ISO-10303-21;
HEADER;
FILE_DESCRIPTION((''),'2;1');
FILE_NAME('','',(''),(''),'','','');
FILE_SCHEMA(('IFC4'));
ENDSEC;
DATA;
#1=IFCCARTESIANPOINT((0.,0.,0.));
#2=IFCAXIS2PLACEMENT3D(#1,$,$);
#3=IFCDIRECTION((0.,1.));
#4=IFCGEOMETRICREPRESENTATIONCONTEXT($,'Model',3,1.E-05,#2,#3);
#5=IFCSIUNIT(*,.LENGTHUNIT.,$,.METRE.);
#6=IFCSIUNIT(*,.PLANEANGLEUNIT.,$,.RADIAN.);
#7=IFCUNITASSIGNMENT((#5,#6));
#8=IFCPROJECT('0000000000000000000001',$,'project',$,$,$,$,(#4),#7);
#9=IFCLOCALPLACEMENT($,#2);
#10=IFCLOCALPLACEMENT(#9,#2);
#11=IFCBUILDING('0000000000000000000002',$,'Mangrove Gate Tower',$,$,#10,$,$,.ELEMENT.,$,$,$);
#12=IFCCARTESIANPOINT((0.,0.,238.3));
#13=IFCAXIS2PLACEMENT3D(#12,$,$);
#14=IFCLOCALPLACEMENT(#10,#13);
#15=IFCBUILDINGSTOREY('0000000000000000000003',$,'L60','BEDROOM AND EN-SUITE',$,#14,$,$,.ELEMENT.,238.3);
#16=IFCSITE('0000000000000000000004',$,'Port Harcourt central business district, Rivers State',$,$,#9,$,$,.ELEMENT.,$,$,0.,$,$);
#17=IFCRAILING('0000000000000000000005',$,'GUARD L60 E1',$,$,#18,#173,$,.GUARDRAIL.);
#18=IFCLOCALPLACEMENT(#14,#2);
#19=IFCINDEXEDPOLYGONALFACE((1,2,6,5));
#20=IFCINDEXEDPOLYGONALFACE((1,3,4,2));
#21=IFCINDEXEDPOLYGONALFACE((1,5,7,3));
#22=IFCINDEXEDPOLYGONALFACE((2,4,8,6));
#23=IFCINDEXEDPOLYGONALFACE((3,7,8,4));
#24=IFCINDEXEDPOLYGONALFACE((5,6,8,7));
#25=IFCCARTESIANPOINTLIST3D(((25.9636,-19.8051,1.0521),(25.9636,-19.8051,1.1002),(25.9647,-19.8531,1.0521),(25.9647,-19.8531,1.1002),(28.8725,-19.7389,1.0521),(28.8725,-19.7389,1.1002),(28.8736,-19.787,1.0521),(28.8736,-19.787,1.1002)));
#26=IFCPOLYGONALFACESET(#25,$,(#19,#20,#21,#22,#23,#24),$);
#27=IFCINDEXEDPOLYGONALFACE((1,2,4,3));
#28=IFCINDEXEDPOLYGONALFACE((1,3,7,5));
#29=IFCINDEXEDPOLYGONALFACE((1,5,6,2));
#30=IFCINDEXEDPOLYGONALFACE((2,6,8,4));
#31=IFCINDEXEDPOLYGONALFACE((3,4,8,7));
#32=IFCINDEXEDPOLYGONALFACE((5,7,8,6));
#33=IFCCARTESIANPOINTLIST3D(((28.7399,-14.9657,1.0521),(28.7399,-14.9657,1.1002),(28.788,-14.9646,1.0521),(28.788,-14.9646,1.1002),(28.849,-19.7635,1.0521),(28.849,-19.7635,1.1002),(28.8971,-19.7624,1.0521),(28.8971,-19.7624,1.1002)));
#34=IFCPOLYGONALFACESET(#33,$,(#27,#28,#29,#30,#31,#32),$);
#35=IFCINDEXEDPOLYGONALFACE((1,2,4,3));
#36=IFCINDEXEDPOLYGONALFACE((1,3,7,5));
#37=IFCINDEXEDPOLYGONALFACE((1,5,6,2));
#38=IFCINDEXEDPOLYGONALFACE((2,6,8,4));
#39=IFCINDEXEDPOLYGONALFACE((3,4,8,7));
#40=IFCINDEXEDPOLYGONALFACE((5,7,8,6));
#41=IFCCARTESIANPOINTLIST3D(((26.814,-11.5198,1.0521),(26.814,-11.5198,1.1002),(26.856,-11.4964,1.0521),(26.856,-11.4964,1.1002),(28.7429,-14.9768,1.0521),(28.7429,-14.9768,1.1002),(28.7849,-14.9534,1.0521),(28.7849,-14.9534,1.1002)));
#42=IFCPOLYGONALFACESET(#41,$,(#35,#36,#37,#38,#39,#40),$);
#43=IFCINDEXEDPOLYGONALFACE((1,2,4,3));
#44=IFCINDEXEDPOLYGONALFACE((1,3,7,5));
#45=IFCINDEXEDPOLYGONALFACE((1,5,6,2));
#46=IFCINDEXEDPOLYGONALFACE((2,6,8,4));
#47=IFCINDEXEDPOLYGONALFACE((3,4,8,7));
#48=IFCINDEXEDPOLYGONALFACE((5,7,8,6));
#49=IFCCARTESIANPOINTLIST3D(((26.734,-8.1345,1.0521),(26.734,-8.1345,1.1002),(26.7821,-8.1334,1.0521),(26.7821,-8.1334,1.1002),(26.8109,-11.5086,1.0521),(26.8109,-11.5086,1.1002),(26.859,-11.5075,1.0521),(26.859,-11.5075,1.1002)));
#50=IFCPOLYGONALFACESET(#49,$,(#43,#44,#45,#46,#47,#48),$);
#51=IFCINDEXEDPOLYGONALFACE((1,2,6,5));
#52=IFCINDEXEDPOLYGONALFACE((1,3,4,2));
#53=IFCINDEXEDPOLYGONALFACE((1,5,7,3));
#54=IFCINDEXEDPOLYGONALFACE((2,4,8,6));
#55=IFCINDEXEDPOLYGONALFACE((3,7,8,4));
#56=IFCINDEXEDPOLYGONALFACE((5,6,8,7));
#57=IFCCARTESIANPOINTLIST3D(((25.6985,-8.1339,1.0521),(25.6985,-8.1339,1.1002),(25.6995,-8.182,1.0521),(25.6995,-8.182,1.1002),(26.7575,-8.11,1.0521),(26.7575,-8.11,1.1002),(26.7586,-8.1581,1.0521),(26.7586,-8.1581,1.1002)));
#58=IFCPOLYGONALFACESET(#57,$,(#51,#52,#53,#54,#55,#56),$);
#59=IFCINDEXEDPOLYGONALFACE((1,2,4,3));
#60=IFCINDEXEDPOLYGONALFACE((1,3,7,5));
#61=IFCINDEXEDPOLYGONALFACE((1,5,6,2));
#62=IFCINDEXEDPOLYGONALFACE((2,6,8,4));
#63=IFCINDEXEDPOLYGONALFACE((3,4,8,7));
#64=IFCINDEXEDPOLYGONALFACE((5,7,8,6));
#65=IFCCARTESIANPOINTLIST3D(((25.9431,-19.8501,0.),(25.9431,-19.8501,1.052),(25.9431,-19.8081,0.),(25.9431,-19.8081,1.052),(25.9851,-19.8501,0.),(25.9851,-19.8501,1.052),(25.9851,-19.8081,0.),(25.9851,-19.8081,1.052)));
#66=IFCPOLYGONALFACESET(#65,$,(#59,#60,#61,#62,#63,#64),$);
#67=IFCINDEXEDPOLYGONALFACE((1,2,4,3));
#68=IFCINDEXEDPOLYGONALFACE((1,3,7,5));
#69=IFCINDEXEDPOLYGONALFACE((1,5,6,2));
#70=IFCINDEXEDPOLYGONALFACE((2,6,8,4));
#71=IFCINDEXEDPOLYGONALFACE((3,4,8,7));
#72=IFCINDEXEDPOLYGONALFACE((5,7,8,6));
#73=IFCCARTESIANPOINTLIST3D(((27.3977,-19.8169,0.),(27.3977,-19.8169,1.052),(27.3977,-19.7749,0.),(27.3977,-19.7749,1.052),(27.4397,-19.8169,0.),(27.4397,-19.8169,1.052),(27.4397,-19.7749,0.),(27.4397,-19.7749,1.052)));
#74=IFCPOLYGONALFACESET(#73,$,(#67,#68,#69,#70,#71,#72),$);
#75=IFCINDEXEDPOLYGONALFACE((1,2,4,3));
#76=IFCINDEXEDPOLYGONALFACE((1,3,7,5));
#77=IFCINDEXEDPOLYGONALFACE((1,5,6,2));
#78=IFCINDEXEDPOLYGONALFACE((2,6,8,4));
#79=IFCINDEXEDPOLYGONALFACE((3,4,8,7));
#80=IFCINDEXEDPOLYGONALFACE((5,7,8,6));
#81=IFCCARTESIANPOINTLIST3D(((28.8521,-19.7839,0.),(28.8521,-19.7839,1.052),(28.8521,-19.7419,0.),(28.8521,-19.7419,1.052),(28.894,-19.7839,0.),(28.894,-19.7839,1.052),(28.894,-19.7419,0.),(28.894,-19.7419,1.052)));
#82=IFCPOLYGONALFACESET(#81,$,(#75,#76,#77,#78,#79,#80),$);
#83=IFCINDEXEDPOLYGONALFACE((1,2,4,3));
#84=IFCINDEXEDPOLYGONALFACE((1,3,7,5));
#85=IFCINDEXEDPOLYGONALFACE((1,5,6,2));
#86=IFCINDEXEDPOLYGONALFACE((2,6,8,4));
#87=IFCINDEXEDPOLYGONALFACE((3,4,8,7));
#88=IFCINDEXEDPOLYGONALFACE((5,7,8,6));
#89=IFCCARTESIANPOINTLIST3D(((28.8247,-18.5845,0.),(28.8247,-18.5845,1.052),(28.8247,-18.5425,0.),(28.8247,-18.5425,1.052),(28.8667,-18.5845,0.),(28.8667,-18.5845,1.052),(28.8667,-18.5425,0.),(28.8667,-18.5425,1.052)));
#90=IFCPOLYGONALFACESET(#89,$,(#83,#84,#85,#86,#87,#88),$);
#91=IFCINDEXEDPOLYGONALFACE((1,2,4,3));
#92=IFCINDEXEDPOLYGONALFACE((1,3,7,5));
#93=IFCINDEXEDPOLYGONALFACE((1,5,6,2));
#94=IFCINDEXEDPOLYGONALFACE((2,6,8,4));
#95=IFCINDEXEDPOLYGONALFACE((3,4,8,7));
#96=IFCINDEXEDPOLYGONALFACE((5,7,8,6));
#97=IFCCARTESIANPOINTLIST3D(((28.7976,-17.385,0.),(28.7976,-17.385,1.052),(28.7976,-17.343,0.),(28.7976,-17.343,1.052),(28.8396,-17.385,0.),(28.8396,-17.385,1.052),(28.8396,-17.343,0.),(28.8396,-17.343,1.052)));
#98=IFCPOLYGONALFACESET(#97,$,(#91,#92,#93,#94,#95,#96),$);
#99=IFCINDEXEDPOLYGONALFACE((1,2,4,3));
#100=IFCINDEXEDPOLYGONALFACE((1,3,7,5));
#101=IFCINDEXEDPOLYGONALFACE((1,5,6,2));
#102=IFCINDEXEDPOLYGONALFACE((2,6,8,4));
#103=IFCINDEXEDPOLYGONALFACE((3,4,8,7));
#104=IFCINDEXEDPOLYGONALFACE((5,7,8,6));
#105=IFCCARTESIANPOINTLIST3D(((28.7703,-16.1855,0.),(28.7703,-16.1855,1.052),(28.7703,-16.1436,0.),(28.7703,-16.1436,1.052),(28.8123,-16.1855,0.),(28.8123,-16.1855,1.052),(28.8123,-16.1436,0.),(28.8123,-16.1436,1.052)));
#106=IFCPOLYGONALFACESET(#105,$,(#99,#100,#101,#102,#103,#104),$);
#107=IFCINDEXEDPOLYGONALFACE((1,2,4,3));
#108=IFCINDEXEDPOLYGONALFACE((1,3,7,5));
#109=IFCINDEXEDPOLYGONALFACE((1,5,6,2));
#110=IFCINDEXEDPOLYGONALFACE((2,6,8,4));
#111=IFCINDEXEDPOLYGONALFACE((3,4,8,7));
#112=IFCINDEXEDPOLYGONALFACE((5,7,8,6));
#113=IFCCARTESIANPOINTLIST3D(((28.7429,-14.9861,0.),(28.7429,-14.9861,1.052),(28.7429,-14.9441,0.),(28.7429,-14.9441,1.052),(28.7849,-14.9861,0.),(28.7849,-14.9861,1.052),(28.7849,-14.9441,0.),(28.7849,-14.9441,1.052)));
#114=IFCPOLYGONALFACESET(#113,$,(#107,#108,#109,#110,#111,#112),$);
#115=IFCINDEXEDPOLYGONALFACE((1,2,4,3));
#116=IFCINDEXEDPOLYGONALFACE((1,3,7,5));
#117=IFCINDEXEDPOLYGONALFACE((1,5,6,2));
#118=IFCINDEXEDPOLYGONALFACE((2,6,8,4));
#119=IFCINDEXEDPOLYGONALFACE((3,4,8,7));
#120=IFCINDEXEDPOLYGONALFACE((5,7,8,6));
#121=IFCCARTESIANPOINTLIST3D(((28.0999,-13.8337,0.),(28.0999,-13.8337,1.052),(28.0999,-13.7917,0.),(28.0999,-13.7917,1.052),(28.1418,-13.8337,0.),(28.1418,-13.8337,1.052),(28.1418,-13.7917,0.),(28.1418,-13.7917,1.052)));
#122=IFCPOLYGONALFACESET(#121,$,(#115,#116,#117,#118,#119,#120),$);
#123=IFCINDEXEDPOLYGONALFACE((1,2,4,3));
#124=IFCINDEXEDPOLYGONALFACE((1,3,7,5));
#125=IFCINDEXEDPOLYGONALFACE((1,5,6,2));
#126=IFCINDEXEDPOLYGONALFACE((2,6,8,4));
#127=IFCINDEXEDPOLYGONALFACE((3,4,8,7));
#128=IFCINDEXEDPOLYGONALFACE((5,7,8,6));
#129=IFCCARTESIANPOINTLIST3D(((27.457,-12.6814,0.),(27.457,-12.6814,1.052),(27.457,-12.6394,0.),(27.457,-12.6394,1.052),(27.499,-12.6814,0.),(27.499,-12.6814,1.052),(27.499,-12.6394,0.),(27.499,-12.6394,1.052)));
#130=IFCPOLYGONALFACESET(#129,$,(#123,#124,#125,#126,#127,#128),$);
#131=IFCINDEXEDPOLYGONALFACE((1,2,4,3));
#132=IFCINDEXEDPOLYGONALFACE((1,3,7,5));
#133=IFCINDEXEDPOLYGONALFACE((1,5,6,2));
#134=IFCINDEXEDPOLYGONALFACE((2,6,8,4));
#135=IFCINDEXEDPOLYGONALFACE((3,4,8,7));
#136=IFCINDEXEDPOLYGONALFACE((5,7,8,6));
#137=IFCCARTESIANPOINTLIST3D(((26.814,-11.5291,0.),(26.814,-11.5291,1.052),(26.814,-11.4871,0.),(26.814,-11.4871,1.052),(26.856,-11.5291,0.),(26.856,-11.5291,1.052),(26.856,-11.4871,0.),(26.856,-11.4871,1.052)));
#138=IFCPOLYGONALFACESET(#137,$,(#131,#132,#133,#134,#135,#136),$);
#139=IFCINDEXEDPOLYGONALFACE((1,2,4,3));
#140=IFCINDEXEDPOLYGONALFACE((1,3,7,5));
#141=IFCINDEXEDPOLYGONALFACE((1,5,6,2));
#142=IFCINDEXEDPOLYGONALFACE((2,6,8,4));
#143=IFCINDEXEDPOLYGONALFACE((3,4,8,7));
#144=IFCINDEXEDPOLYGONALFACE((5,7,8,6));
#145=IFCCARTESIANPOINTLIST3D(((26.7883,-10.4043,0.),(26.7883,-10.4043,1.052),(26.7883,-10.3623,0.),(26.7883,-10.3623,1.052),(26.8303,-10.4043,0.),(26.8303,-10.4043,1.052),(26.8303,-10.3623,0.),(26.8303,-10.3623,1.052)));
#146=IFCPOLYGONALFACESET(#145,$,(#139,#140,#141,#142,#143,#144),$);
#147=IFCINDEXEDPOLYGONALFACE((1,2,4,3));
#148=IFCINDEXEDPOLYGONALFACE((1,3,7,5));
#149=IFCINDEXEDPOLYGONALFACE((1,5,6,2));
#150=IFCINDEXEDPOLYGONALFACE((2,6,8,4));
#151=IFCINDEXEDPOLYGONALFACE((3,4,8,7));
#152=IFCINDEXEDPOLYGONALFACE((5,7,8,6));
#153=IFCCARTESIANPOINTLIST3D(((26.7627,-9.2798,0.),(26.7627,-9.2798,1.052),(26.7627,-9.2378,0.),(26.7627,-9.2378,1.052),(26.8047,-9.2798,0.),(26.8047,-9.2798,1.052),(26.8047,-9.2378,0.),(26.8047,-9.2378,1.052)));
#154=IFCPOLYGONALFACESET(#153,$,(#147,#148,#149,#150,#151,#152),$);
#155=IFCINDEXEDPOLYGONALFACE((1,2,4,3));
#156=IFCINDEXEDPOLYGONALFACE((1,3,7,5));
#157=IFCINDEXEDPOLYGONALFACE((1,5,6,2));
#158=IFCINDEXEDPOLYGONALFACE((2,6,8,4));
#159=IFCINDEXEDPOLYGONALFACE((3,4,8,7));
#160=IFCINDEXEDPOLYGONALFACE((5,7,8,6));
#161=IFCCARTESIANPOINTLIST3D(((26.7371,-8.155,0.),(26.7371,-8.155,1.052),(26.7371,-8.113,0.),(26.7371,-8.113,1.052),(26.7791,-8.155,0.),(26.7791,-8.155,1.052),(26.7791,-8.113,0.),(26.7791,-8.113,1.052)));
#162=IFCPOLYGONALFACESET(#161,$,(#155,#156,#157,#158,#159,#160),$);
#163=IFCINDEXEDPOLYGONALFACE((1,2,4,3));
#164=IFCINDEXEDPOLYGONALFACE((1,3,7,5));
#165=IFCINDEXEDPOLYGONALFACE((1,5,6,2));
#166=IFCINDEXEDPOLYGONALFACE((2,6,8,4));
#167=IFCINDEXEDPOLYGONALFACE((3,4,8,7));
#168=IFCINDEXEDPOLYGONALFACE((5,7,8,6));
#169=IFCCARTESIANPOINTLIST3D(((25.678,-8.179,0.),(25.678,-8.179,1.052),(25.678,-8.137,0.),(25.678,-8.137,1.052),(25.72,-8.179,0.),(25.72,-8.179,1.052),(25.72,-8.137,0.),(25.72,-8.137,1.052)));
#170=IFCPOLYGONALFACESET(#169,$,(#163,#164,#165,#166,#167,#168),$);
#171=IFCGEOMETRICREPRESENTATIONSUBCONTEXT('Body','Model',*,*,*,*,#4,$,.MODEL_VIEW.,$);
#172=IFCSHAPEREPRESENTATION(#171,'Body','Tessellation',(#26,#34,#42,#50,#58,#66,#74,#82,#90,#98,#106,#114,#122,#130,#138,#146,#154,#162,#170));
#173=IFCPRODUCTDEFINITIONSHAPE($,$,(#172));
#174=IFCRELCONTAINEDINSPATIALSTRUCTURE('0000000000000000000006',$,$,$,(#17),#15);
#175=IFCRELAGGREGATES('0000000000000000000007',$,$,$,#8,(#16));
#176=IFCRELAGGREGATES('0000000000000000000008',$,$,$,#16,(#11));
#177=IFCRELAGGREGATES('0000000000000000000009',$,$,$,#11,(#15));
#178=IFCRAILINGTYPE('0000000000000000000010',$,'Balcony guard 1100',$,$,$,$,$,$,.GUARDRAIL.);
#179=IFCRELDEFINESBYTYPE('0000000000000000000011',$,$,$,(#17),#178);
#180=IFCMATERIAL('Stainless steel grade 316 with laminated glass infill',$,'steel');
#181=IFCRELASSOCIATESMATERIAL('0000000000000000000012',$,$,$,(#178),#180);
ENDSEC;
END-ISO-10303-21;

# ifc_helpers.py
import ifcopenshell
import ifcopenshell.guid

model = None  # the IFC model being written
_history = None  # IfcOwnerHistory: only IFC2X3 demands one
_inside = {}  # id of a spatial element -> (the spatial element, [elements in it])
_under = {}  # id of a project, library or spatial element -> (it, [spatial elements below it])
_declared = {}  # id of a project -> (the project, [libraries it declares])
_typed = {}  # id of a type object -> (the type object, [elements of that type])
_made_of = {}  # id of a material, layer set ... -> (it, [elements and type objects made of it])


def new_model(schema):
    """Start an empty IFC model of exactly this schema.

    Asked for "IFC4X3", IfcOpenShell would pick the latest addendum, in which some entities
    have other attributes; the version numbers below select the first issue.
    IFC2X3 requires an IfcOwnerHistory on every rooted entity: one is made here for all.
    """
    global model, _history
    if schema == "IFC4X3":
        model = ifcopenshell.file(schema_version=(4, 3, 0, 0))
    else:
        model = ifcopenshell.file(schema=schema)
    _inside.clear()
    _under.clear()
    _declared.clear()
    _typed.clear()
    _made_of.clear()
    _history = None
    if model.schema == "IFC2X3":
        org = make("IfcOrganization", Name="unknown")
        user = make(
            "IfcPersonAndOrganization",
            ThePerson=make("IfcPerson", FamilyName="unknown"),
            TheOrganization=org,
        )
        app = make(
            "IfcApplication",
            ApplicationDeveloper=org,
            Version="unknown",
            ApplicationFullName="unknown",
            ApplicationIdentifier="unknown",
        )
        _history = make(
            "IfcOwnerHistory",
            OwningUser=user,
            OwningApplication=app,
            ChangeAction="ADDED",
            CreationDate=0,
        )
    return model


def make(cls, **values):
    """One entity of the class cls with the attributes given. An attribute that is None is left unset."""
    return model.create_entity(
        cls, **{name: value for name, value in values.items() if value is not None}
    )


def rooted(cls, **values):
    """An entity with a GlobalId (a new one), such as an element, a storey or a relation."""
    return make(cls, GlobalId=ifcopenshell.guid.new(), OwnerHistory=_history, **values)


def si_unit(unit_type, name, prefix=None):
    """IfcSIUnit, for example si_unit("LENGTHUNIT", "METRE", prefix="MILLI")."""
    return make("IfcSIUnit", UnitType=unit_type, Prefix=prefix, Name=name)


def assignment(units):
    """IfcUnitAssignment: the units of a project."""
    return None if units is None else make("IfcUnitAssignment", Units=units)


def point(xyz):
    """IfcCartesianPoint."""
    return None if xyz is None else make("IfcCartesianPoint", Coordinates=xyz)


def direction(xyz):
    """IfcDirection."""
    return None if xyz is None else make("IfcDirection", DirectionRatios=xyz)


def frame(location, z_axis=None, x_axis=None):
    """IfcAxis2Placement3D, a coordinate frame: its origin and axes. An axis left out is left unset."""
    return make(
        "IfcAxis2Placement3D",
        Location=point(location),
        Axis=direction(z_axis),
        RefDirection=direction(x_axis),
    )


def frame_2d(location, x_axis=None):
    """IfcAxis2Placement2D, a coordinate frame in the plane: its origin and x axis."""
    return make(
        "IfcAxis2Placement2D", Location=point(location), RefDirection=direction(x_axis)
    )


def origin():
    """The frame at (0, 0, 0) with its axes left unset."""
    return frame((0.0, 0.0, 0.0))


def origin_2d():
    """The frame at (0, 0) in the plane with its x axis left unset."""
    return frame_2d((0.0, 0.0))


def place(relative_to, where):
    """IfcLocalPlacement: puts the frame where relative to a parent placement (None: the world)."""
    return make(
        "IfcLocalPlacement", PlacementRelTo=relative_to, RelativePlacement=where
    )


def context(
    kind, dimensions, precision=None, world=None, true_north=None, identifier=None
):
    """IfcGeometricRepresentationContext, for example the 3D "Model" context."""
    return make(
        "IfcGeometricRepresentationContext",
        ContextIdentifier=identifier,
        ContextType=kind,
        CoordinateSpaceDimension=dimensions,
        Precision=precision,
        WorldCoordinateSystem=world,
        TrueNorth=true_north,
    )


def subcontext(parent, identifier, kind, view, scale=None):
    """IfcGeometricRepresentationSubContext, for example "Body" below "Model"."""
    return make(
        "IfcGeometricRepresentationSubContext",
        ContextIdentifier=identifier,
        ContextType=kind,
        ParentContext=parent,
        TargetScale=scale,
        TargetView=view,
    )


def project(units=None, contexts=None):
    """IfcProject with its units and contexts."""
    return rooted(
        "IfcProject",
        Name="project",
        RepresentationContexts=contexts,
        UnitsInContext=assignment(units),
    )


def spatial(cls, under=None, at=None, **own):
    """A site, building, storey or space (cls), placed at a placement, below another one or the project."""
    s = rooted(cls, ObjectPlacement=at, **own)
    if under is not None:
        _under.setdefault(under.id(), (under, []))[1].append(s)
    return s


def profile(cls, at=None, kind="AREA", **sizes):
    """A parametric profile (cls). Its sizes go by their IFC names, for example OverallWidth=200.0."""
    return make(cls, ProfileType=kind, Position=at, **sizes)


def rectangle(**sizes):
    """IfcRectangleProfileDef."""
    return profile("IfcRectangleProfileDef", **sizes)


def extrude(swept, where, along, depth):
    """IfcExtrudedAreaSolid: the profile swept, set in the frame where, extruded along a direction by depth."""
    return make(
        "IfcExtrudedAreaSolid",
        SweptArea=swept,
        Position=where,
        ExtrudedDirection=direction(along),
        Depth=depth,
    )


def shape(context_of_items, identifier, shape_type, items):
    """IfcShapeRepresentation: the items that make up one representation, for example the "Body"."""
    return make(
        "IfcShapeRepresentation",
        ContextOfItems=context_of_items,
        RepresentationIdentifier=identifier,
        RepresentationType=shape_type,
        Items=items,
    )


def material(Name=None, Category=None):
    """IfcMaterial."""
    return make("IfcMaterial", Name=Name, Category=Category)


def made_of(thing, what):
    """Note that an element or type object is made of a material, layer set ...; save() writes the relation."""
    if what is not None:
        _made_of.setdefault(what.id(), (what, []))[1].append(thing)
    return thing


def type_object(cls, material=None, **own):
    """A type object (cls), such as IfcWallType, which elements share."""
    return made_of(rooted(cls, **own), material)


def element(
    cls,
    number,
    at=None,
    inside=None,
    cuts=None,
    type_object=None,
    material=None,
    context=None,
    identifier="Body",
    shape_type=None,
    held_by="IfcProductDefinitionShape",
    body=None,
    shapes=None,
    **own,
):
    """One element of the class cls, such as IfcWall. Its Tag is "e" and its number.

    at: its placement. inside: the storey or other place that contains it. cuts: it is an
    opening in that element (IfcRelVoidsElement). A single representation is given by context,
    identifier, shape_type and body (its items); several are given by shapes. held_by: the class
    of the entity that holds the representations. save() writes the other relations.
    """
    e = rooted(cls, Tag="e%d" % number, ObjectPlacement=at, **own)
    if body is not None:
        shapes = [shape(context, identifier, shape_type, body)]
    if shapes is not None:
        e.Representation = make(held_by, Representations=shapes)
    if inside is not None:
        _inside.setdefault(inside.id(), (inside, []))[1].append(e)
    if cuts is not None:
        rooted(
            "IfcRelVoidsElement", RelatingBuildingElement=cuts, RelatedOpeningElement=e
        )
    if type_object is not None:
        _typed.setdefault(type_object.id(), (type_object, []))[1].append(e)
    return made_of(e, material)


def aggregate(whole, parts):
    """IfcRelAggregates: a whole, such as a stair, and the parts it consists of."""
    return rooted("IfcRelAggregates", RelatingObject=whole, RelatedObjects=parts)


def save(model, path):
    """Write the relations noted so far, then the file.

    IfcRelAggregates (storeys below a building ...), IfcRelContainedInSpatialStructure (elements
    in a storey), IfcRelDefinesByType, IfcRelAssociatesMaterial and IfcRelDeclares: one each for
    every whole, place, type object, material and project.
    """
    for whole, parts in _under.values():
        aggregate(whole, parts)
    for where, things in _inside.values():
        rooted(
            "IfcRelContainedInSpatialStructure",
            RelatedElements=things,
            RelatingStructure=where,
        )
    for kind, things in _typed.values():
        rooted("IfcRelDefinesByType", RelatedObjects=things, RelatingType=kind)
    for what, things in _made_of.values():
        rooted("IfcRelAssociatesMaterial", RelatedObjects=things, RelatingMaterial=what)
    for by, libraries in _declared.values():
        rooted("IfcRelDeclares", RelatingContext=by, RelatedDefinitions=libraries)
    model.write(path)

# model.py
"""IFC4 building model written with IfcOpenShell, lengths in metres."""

from ifc_helpers import new_model, si_unit, direction, frame, origin, origin_2d, place, context, subcontext, project, spatial, rectangle, extrude, material, type_object, element, save


model = new_model("IFC4")

# Units and contexts
model_context = context("Model", 3, precision=1e-05, world=origin(), true_north=direction((0.0, 1.0)))
body_context = subcontext(model_context, "Body", "Model", "MODEL_VIEW")
ifc_project = project(units=[si_unit("LENGTHUNIT", "METRE"), si_unit("PLANEANGLEUNIT", "RADIAN")], contexts=[model_context])

# Site, building, storey
site_placement = place(None, origin())
site = spatial("IfcSite", under=ifc_project, at=site_placement, Name="Port Harcourt central business district, Rivers State", CompositionType="ELEMENT", RefElevation=0.0)
building_placement = place(site_placement, origin())
building = spatial("IfcBuilding", under=site, at=building_placement, Name="Mangrove Gate Tower", CompositionType="ELEMENT")
storey_placement = place(building_placement, frame((0.0, 0.0, 238.3)))
storey = spatial("IfcBuildingStorey", under=building, at=storey_placement, Name="L60", Description="BEDROOM AND EN-SUITE", CompositionType="ELEMENT", Elevation=238.3)

# Railing
ifc_material_1 = material(Name="Stainless steel grade 316 with laminated glass infill", Category="steel")
railing_type = type_object("IfcRailingType", Name="Balcony guard 1100", PredefinedType="GUARDRAIL", material=ifc_material_1)
railing_placement = place(storey_placement, frame((25.9641, -19.8291, 0.0)))
element("IfcRailing", 1, at=railing_placement, inside=storey, type_object=railing_type, Name="GUARD L60 E1", PredefinedType="GUARDRAIL", context=body_context, shape_type="SweptSolid", body=[
    extrude(rectangle(XDim=0.0481, YDim=0.0481, at=origin_2d()), frame((0.0, 0.0, 1.0762), z_axis=(0.999741, 0.022739, 0.0), x_axis=(-0.022739, 0.999741, 0.0)), (0.0, 0.0, 1.0), 2.9097),
    extrude(rectangle(XDim=0.0481, YDim=0.0481, at=origin_2d()), frame((2.9089, 0.0662, 1.0762), z_axis=(-0.02274, 0.999741, 0.0), x_axis=(-0.999741, -0.02274, 0.0)), (0.0, 0.0, 1.0), 4.7991),
    extrude(rectangle(XDim=0.0481, YDim=0.0481, at=origin_2d()), frame((2.7998, 4.864, 1.0762), z_axis=(-0.48726, 0.873257, 0.0), x_axis=(-0.873257, -0.48726, 0.0)), (0.0, 0.0, 1.0), 3.9587),
    extrude(rectangle(XDim=0.0481, YDim=0.0481, at=origin_2d()), frame((0.8708, 8.321, 1.0762), z_axis=(-0.022787, 0.99974, 0.0), x_axis=(-0.99974, -0.022787, 0.0)), (0.0, 0.0, 1.0), 3.375),
    extrude(rectangle(XDim=0.0481, YDim=0.0481, at=origin_2d()), frame((0.7939, 11.6951, 1.0762), z_axis=(-0.999745, -0.022585, 0.0), x_axis=(0.022585, -0.999745, 0.0)), (0.0, 0.0, 1.0), 1.0593),
    extrude(rectangle(XDim=0.042, YDim=0.042, at=origin_2d()), origin(), (0.0, 0.0, 1.0), 1.052),
    extrude(rectangle(XDim=0.042, YDim=0.042, at=origin_2d()), frame((1.4546, 0.0332, 0.0)), (0.0, 0.0, 1.0), 1.052),
    extrude(rectangle(XDim=0.042, YDim=0.042, at=origin_2d()), frame((2.9089, 0.0662, 0.0)), (0.0, 0.0, 1.0), 1.052),
    extrude(rectangle(XDim=0.042, YDim=0.042, at=origin_2d()), frame((2.8816, 1.2656, 0.0)), (0.0, 0.0, 1.0), 1.052),
    extrude(rectangle(XDim=0.042, YDim=0.042, at=origin_2d()), frame((2.8545, 2.4651, 0.0)), (0.0, 0.0, 1.0), 1.052),
    extrude(rectangle(XDim=0.042, YDim=0.042, at=origin_2d()), frame((2.8271, 3.6646, 0.0)), (0.0, 0.0, 1.0), 1.052),
    extrude(rectangle(XDim=0.042, YDim=0.042, at=origin_2d()), frame((2.7998, 4.864, 0.0)), (0.0, 0.0, 1.0), 1.052),
    extrude(rectangle(XDim=0.042, YDim=0.042, at=origin_2d()), frame((2.1567, 6.0164, 0.0)), (0.0, 0.0, 1.0), 1.052),
    extrude(rectangle(XDim=0.042, YDim=0.042, at=origin_2d()), frame((1.5139, 7.1687, 0.0)), (0.0, 0.0, 1.0), 1.052),
    extrude(rectangle(XDim=0.042, YDim=0.042, at=origin_2d()), frame((0.8708, 8.321, 0.0)), (0.0, 0.0, 1.0), 1.052),
    extrude(rectangle(XDim=0.042, YDim=0.042, at=origin_2d()), frame((0.8452, 9.4458, 0.0)), (0.0, 0.0, 1.0), 1.052),
    extrude(rectangle(XDim=0.042, YDim=0.042, at=origin_2d()), frame((0.8196, 10.5703, 0.0)), (0.0, 0.0, 1.0), 1.052),
    extrude(rectangle(XDim=0.042, YDim=0.042, at=origin_2d()), frame((0.7939, 11.6951, 0.0)), (0.0, 0.0, 1.0), 1.052),
    extrude(rectangle(XDim=0.042, YDim=0.042, at=origin_2d()), frame((-0.2651, 11.6711, 0.0)), (0.0, 0.0, 1.0), 1.052),
])

save(model, "model.ifc")
